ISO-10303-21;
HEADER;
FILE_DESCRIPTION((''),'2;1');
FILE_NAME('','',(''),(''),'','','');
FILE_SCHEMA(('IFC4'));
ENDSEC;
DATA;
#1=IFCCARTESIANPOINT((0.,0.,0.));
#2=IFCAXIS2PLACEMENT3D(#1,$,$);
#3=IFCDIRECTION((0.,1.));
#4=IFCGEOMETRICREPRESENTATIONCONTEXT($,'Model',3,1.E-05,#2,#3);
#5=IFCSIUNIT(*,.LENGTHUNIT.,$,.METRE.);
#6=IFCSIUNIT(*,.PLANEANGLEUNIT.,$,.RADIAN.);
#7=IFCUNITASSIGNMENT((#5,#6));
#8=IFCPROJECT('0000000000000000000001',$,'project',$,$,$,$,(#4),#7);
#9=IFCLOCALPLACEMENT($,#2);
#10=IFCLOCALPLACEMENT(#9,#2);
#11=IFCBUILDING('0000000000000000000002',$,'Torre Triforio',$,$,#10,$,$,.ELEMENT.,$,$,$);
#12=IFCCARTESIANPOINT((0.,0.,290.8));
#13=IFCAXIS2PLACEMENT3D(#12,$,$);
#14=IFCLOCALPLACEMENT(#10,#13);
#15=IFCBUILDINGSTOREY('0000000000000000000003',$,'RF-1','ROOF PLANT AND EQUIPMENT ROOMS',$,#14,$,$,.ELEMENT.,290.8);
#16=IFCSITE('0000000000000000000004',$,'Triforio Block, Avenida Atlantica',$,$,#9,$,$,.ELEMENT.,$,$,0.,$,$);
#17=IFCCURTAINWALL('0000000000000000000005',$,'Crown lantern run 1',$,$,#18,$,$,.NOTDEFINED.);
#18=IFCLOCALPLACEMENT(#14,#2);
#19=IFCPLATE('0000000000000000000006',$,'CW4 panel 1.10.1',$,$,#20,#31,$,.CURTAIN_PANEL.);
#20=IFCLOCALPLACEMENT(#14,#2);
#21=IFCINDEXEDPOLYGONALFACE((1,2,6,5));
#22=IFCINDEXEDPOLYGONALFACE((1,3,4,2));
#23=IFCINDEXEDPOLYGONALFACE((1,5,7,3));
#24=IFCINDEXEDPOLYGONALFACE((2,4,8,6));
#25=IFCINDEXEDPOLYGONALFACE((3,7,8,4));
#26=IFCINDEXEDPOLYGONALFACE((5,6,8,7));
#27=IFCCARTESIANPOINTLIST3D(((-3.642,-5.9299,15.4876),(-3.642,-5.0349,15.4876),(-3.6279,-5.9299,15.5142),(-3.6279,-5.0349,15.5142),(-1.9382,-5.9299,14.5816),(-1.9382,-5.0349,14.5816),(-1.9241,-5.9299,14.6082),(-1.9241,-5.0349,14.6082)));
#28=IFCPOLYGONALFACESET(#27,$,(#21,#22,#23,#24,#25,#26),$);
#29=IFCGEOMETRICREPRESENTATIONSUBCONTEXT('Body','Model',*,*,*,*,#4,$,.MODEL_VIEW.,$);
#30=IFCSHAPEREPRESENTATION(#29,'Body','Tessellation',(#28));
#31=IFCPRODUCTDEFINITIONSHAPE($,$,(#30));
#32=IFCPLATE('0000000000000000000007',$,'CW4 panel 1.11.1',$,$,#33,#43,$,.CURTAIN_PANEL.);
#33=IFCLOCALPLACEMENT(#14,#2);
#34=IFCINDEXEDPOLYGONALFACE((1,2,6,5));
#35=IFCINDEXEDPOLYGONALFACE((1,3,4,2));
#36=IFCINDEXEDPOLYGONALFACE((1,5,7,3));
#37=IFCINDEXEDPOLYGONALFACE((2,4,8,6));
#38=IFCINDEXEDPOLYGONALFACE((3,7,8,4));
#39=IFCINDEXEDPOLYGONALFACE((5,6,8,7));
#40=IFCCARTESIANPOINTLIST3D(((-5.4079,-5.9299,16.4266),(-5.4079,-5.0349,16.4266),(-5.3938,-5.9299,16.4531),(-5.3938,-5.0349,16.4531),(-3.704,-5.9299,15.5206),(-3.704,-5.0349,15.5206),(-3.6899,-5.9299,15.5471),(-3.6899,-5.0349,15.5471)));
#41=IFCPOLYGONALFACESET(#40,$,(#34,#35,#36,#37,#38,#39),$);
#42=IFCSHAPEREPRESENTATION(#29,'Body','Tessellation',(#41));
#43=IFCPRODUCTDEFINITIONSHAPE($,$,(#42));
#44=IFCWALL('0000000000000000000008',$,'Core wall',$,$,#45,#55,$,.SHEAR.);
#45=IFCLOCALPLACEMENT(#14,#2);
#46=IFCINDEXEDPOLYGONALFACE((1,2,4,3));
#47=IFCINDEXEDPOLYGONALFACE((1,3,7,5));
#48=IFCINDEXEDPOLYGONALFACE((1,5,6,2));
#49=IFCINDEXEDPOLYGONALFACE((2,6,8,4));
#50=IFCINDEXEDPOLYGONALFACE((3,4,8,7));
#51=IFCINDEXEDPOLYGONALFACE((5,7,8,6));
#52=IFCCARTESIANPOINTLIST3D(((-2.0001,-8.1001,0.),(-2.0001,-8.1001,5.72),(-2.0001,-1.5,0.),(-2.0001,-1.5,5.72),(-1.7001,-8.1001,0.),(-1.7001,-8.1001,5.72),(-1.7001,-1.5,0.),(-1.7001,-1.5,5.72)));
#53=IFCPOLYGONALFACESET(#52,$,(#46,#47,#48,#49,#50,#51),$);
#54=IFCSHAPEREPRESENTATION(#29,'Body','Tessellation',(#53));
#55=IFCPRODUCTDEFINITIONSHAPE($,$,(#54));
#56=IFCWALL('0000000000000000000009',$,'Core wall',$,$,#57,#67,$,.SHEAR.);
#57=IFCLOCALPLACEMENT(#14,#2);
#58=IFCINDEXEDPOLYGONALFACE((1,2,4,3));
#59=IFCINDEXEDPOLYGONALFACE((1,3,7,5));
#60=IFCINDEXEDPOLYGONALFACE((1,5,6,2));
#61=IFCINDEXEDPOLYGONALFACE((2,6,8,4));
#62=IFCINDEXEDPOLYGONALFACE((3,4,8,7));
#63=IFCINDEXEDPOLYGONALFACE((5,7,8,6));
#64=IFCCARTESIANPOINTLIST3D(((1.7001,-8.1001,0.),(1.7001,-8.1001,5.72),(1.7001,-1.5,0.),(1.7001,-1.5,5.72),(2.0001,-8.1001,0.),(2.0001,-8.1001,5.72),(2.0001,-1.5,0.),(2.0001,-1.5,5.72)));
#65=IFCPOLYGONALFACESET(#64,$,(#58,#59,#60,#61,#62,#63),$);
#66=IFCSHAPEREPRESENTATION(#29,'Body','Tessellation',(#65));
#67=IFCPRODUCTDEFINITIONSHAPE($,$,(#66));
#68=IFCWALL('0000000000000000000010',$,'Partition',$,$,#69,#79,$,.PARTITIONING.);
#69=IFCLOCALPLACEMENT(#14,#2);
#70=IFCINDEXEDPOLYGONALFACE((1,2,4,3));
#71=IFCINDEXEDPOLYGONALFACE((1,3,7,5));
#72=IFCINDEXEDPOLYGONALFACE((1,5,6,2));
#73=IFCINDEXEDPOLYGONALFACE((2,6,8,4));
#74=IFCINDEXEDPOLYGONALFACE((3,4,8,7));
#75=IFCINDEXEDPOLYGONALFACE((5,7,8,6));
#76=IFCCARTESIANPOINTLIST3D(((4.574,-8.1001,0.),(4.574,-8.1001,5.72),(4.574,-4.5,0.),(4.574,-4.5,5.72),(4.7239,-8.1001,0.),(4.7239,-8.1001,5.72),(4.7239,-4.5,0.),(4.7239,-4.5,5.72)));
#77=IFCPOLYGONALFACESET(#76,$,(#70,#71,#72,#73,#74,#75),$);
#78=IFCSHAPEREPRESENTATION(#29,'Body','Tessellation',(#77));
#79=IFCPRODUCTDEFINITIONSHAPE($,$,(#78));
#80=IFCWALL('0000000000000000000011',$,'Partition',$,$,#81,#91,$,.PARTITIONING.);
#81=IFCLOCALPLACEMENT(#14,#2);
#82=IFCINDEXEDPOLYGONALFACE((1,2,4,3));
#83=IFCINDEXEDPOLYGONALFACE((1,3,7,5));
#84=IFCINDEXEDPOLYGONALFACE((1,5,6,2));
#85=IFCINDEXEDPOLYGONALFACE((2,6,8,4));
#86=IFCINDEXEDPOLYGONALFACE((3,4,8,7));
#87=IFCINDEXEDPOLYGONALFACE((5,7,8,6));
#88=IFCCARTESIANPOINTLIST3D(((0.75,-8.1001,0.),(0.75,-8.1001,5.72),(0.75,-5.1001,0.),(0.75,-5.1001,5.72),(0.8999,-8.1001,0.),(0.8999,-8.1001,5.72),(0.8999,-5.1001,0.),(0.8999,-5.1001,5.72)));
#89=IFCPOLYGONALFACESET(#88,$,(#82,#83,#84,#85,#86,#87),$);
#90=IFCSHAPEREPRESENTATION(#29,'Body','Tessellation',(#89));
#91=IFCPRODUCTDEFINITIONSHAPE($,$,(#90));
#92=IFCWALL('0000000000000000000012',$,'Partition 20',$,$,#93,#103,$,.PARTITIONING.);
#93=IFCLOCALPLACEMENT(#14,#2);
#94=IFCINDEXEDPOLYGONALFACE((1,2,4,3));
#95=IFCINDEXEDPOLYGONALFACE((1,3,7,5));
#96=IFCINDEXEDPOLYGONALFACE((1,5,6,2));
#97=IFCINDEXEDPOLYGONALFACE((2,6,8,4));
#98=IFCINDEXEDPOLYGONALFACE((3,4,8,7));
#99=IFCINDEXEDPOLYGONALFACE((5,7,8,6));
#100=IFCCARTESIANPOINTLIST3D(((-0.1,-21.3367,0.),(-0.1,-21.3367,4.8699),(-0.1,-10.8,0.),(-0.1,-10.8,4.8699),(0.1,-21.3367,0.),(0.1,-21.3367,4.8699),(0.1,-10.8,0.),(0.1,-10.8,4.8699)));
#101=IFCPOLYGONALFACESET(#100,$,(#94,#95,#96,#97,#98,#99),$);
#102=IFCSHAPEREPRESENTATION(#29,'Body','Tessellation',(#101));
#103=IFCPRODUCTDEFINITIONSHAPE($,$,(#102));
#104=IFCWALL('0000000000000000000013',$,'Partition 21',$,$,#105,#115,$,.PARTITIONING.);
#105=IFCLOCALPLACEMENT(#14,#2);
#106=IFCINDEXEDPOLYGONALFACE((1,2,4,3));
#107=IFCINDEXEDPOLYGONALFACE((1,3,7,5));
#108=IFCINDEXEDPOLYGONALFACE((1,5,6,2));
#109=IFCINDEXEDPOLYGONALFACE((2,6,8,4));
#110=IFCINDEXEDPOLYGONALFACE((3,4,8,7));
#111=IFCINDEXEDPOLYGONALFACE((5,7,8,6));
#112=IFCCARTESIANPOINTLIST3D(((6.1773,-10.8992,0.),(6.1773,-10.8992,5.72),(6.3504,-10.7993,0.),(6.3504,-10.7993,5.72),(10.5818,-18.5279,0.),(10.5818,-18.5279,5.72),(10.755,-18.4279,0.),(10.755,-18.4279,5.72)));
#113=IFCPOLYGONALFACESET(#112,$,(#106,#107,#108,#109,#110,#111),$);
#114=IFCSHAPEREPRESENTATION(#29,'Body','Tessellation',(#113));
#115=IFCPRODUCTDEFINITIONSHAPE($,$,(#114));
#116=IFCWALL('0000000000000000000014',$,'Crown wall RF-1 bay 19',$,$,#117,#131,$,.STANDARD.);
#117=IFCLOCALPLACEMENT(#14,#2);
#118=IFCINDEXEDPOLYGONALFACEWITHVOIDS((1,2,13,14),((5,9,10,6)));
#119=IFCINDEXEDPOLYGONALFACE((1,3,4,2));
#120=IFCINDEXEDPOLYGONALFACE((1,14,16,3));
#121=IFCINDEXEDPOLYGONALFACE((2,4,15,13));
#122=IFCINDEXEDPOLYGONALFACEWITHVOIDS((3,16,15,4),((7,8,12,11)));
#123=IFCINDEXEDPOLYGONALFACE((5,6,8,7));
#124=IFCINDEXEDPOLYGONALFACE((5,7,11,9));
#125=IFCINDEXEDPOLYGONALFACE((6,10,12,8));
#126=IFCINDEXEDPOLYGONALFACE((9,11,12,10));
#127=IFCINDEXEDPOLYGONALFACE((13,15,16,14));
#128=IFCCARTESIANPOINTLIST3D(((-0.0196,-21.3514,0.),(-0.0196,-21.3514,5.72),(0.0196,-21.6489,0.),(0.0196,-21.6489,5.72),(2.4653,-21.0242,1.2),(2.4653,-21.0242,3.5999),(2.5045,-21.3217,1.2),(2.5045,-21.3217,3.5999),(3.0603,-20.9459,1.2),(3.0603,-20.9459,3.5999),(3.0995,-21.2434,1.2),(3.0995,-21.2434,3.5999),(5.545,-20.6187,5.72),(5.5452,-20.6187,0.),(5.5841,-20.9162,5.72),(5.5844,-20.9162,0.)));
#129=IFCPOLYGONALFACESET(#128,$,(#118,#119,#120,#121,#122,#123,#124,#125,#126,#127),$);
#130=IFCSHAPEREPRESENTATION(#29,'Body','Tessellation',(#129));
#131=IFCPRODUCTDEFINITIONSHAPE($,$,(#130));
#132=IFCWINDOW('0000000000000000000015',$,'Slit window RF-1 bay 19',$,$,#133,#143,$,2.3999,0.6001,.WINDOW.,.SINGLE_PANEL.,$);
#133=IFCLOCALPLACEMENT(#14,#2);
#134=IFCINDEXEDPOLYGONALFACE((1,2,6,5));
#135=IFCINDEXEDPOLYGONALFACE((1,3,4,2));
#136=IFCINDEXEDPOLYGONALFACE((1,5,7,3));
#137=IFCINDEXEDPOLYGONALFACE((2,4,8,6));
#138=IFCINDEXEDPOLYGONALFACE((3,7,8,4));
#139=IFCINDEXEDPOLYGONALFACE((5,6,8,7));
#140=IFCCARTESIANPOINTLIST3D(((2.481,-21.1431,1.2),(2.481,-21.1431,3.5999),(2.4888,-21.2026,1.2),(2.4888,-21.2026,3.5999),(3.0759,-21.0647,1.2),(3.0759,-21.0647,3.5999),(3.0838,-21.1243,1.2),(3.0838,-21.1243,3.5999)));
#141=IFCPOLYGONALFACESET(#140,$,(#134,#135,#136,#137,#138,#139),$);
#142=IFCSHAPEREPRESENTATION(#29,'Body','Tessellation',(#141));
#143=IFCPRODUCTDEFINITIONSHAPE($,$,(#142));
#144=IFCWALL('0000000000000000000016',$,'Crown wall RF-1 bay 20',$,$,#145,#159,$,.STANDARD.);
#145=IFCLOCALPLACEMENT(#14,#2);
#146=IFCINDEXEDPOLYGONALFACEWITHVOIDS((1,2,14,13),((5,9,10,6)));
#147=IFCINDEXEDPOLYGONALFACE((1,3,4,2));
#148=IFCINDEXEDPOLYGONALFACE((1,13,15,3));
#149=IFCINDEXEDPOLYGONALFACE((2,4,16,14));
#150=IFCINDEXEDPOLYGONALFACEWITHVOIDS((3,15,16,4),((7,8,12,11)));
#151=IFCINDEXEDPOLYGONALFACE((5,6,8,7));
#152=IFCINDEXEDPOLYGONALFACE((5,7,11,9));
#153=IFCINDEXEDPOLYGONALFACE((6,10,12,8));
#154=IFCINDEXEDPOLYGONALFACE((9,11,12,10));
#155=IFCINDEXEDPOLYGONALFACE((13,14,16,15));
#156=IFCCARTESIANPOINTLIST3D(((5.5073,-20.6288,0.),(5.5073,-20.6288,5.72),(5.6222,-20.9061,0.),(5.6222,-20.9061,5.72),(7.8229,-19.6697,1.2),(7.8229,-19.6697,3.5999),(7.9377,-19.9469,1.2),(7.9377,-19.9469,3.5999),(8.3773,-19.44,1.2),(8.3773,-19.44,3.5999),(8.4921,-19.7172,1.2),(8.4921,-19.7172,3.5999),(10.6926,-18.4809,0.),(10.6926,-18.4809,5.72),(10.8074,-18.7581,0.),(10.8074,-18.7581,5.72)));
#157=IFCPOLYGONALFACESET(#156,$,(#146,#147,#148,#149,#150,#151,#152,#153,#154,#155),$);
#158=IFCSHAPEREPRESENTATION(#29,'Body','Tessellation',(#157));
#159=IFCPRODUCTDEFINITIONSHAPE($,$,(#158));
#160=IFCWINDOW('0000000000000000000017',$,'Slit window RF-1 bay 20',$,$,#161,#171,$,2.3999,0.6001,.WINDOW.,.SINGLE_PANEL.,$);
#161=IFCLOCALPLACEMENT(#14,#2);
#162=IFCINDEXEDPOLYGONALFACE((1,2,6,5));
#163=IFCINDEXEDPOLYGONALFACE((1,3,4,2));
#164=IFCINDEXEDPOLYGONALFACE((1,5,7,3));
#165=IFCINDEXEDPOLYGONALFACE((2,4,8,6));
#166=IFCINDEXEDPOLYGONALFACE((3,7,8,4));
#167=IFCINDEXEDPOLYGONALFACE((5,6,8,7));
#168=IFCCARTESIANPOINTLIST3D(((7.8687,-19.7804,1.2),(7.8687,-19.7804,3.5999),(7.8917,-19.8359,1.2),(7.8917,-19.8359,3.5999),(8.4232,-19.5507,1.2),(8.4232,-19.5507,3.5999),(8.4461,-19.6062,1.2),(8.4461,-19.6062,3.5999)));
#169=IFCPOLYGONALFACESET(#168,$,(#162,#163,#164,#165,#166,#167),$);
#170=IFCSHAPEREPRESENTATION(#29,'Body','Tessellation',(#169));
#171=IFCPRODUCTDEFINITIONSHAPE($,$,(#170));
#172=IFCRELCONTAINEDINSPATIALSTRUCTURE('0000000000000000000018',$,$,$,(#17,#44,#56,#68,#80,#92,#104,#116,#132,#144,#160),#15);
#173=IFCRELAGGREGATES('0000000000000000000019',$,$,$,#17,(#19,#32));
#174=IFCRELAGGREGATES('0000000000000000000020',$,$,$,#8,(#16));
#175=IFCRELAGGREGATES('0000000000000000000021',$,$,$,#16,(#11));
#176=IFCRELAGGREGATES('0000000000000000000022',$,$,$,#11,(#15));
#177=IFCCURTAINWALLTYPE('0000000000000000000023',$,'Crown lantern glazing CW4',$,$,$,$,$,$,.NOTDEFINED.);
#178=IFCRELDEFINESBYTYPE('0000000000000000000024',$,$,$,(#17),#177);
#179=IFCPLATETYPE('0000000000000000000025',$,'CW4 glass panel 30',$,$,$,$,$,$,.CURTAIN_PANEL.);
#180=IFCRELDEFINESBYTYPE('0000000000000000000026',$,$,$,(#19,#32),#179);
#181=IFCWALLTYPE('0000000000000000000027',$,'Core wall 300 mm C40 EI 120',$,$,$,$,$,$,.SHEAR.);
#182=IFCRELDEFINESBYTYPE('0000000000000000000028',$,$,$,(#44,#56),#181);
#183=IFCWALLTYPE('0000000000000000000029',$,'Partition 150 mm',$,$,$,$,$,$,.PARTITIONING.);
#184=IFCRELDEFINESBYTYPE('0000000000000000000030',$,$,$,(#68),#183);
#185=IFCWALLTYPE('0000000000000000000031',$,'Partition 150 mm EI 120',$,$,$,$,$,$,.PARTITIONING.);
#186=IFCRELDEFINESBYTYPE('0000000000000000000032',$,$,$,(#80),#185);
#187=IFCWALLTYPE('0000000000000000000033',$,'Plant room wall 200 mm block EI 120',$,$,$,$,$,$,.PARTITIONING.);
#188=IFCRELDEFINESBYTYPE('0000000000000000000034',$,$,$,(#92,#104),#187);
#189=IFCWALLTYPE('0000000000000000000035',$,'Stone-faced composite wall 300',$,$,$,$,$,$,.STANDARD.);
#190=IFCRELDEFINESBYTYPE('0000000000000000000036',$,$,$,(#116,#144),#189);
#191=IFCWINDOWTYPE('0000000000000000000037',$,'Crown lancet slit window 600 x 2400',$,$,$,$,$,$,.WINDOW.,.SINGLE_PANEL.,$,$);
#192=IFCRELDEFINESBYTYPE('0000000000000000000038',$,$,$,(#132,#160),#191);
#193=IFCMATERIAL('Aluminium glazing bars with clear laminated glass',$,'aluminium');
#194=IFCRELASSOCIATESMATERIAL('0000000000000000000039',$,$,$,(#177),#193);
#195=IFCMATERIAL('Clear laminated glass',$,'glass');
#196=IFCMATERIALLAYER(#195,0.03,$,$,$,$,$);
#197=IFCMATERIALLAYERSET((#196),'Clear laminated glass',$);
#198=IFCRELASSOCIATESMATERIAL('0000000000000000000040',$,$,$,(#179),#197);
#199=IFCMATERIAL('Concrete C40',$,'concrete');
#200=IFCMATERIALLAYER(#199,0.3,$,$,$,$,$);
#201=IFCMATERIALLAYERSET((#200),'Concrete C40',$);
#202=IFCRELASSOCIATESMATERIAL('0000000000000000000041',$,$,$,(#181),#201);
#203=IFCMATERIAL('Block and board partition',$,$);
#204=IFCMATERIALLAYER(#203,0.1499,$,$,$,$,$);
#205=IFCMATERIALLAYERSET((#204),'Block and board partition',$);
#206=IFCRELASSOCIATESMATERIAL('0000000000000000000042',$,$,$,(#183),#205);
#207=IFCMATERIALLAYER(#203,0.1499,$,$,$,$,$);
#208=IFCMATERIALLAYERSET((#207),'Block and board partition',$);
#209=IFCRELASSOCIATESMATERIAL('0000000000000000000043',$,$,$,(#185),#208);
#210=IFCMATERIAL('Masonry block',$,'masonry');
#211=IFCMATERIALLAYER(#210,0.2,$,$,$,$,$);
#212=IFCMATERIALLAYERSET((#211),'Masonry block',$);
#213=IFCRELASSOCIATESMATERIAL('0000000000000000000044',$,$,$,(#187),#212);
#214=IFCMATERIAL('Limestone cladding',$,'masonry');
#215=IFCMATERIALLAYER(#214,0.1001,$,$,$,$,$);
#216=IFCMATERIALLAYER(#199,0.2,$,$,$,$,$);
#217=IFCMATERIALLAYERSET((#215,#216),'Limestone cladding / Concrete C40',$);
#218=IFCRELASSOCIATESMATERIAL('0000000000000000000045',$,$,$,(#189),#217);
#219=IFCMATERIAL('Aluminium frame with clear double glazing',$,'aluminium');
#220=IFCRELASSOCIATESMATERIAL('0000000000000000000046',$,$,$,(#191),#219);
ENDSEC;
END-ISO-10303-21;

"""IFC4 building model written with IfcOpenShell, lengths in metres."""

from ifc_helpers import new_model, si_unit, direction, frame, frame_2d, origin, place, context, subcontext, project, spatial, polyline, rectangle, outline, extrude, material, layer, layer_set, type_object, element, fill, aggregate, save


model = new_model("IFC4")

# Units and contexts
model_context = context("Model", 3, precision=1e-05, world=origin(), true_north=direction((0.0, 1.0)))
body_context = subcontext(model_context, "Body", "Model", "MODEL_VIEW")
ifc_project = project(units=[si_unit("LENGTHUNIT", "METRE"), si_unit("PLANEANGLEUNIT", "RADIAN")], contexts=[model_context])

# Site, building, storey
site_placement = place(None, origin())
site = spatial("IfcSite", under=ifc_project, at=site_placement, Name="Triforio Block, Avenida Atlantica", CompositionType="ELEMENT", RefElevation=0.0)
building_placement = place(site_placement, origin())
building = spatial("IfcBuilding", under=site, at=building_placement, Name="Torre Triforio", CompositionType="ELEMENT")
storey_placement = place(building_placement, frame((0.0, 0.0, 290.8)))
storey = spatial("IfcBuildingStorey", under=building, at=storey_placement, Name="RF-1", Description="ROOF PLANT AND EQUIPMENT ROOMS", CompositionType="ELEMENT", Elevation=290.8)

# Shared definitions
ifc_material_1 = material(Name="Concrete C40", Category="concrete")

# Curtain wall
ifc_material_2 = material(Name="Aluminium glazing bars with clear laminated glass", Category="aluminium")
curtain_wall_type = type_object("IfcCurtainWallType", Name="Crown lantern glazing CW4", PredefinedType="NOTDEFINED", material=ifc_material_2)
curtain_wall_placement = place(storey_placement, origin())
curtain_wall = element("IfcCurtainWall", 1, at=curtain_wall_placement, inside=storey, type_object=curtain_wall_type, Name="Crown lantern run 1", PredefinedType="NOTDEFINED")

# Plates
ifc_material_3 = material(Name="Clear laminated glass", Category="glass")
ifc_layer_1 = layer(ifc_material_3, 0.03)
ifc_layer_set_1 = layer_set([ifc_layer_1], Name="Clear laminated glass")
plate_type = type_object("IfcPlateType", Name="CW4 glass panel 30", PredefinedType="CURTAIN_PANEL", material=ifc_layer_set_1)
plate_1_placement = place(storey_placement, frame((-1.9241, -5.9299, 14.6082), z_axis=(0.469491, 0.0, 0.882937), x_axis=(0.0, 1.0, 0.0)))
plate_1 = element("IfcPlate", 2, at=plate_1_placement, type_object=plate_type, Name="CW4 panel 1.10.1", PredefinedType="CURTAIN_PANEL", context=body_context, shape_type="SweptSolid", body=[
    extrude(outline(polyline([(0.0, 0.0), (0.895, 0.0), (0.895, 1.9298), (0.0, 1.9298), (0.0, 0.0)])), origin(), (0.0, 0.0, -1.0), 0.03),
])
plate_2_placement = place(storey_placement, frame((-3.6899, -5.9299, 15.5471), z_axis=(0.469491, 0.0, 0.882937), x_axis=(0.0, 1.0, 0.0)))
plate_2 = element("IfcPlate", 3, at=plate_2_placement, type_object=plate_type, Name="CW4 panel 1.11.1", PredefinedType="CURTAIN_PANEL", context=body_context, shape_type="SweptSolid", body=[
    extrude(outline(polyline([(0.0, 0.0), (0.895, 0.0), (0.895, 1.9298), (0.0, 1.9298), (0.0, 0.0)])), origin(), (0.0, 0.0, -1.0), 0.03),
])
aggregate(curtain_wall, [plate_1, plate_2])

# Walls
ifc_layer_2 = layer(ifc_material_1, 0.3)
ifc_layer_set_2 = layer_set([ifc_layer_2], Name="Concrete C40")
wall_type_1 = type_object("IfcWallType", Name="Core wall 300 mm C40 EI 120", PredefinedType="SHEAR", material=ifc_layer_set_2)
for number, where, z_axis, x_axis, name in (
    (4, (-1.8501, -8.1001, 0.0), (0.0, 0.0, 1.0), (0.0, 1.0, 0.0), "Core wall"),
    (5, (1.8501, -8.1001, 0.0), (0.0, 0.0, 1.0), (0.0, 1.0, 0.0), "Core wall"),
):
    element("IfcWall", number, at=place(storey_placement, frame(where, z_axis=z_axis, x_axis=x_axis)), inside=storey, type_object=wall_type_1, Name=name, PredefinedType="SHEAR", context=body_context, shape_type="SweptSolid", body=[
        extrude(rectangle(XDim=6.6001, YDim=0.3, at=frame_2d((3.3, 0.0))), origin(), (0.0, 0.0, 1.0), 5.72),
    ])
ifc_material_4 = material(Name="Block and board partition")
ifc_layer_3 = layer(ifc_material_4, 0.1499)
ifc_layer_set_3 = layer_set([ifc_layer_3], Name="Block and board partition")
wall_type_2 = type_object("IfcWallType", Name="Partition 150 mm", PredefinedType="PARTITIONING", material=ifc_layer_set_3)
wall_1_placement = place(storey_placement, frame((4.6489, -8.1001, 0.0), z_axis=(0.0, 0.0, 1.0), x_axis=(0.0, 1.0, 0.0)))
element("IfcWall", 6, at=wall_1_placement, inside=storey, type_object=wall_type_2, Name="Partition", PredefinedType="PARTITIONING", context=body_context, shape_type="SweptSolid", body=[
    extrude(rectangle(XDim=3.6001, YDim=0.1499, at=frame_2d((1.8, 0.0))), origin(), (0.0, 0.0, 1.0), 5.72),
])
ifc_layer_4 = layer(ifc_material_4, 0.1499)
ifc_layer_set_4 = layer_set([ifc_layer_4], Name="Block and board partition")
wall_type_3 = type_object("IfcWallType", Name="Partition 150 mm EI 120", PredefinedType="PARTITIONING", material=ifc_layer_set_4)
wall_2_placement = place(storey_placement, frame((0.825, -8.1001, 0.0), z_axis=(0.0, 0.0, 1.0), x_axis=(0.0, 1.0, 0.0)))
element("IfcWall", 7, at=wall_2_placement, inside=storey, type_object=wall_type_3, Name="Partition", PredefinedType="PARTITIONING", context=body_context, shape_type="SweptSolid", body=[
    extrude(rectangle(XDim=3.0, YDim=0.1499, at=frame_2d((1.5, 0.0))), origin(), (0.0, 0.0, 1.0), 5.72),
])
ifc_material_5 = material(Name="Masonry block", Category="masonry")
ifc_layer_5 = layer(ifc_material_5, 0.2)
ifc_layer_set_5 = layer_set([ifc_layer_5], Name="Masonry block")
wall_type_4 = type_object("IfcWallType", Name="Plant room wall 200 mm block EI 120", PredefinedType="PARTITIONING", material=ifc_layer_set_5)
wall_3_placement = place(storey_placement, frame((0.0, -10.8, 0.0), z_axis=(0.0, 0.0, 1.0), x_axis=(0.0, -1.0, 0.0)))
element("IfcWall", 8, at=wall_3_placement, inside=storey, type_object=wall_type_4, Name="Partition 20", PredefinedType="PARTITIONING", context=body_context, shape_type="SweptSolid", body=[
    extrude(rectangle(XDim=10.5366, YDim=0.2, at=frame_2d((5.2683, 0.0))), origin(), (0.0, 0.0, 1.0), 4.8699),
])
wall_4_placement = place(storey_placement, frame((6.2639, -10.8494, 0.0), z_axis=(0.0, 0.0, 1.0), x_axis=(0.500011, -0.866019, 0.0)))
element("IfcWall", 9, at=wall_4_placement, inside=storey, type_object=wall_type_4, Name="Partition 21", PredefinedType="PARTITIONING", context=body_context, shape_type="SweptSolid", body=[
    extrude(rectangle(XDim=8.8088, YDim=0.2, at=frame_2d((4.4043, 0.0))), origin(), (0.0, 0.0, 1.0), 5.72),
])

# Walls, openings, windows
ifc_material_6 = material(Name="Limestone cladding", Category="masonry")
ifc_layer_6 = layer(ifc_material_6, 0.1001)
ifc_layer_7 = layer(ifc_material_1, 0.2)
ifc_layer_set_6 = layer_set([ifc_layer_6, ifc_layer_7], Name="Limestone cladding / Concrete C40")
wall_type_5 = type_object("IfcWallType", Name="Stone-faced composite wall 300", PredefinedType="STANDARD", material=ifc_layer_set_6)
wall_5_placement = place(storey_placement, frame((0.0, -21.5, 0.0), z_axis=(0.0, 0.0, 1.0), x_axis=(0.991443, 0.130537, 0.0)))
wall_5 = element("IfcWall", 10, at=wall_5_placement, inside=storey, type_object=wall_type_5, Name="Crown wall RF-1 bay 19", PredefinedType="STANDARD", context=body_context, shape_type="SweptSolid", body=[
    extrude(outline(polyline([(0.0, 0.0), (5.6128, 0.0), (5.6125, 5.72), (0.0, 5.72), (0.0, 0.0)])), frame((0.0, 0.1499, 0.0), z_axis=(0.0, -1.0, 0.0), x_axis=(1.0, 0.0, 0.0)), (0.0, 0.0, 1.0), 0.3),
])
opening_1_placement = place(wall_5_placement, frame((2.5063, 0.0, 1.2)))
opening_1 = element("IfcOpeningElement", 11, at=opening_1_placement, cuts=wall_5, PredefinedType="OPENING", context=body_context, shape_type="SweptSolid", body=[
    extrude(rectangle(XDim=0.6001, YDim=2.3999, at=frame_2d((0.3, 1.2))), frame((0.0, 0.1599, 0.0), z_axis=(0.0, -1.0, 0.0), x_axis=(1.0, 0.0, 0.0)), (0.0, 0.0, 1.0), 0.3201),
])
ifc_material_7 = material(Name="Aluminium frame with clear double glazing", Category="aluminium")
window_type = type_object("IfcWindowType", Name="Crown lancet slit window 600 x 2400", PartitioningType="SINGLE_PANEL", PredefinedType="WINDOW", material=ifc_material_7)
window_1_placement = place(opening_1_placement, origin())
window_1 = element("IfcWindow", 12, at=window_1_placement, inside=storey, type_object=window_type, Name="Slit window RF-1 bay 19", OverallHeight=2.3999, OverallWidth=0.6001, PartitioningType="SINGLE_PANEL", PredefinedType="WINDOW", context=body_context, shape_type="SweptSolid", body=[
    extrude(rectangle(XDim=0.6001, YDim=2.3999, at=frame_2d((0.3, 1.2))), frame((0.0, 0.03, 0.0), z_axis=(0.0, -1.0, 0.0), x_axis=(1.0, 0.0, 0.0)), (0.0, 0.0, 1.0), 0.0601),
])
fill(opening_1, window_1)
wall_6_placement = place(storey_placement, frame((5.5647, -20.7673, 0.0), z_axis=(0.0, 0.0, 1.0), x_axis=(0.923872, 0.382703, 0.0)))
wall_6 = element("IfcWall", 13, at=wall_6_placement, inside=storey, type_object=wall_type_5, Name="Crown wall RF-1 bay 20", PredefinedType="STANDARD", context=body_context, shape_type="SweptSolid", body=[
    extrude(outline(polyline([(0.0, 0.0), (5.6125, 0.0), (5.6125, 5.72), (0.0, 5.72), (0.0, 0.0)])), frame((0.0, 0.1499, 0.0), z_axis=(0.0, -1.0, 0.0), x_axis=(1.0, 0.0, 0.0)), (0.0, 0.0, 1.0), 0.3),
])
opening_2_placement = place(wall_6_placement, frame((2.5063, 0.0, 1.2)))
opening_2 = element("IfcOpeningElement", 14, at=opening_2_placement, cuts=wall_6, PredefinedType="OPENING", context=body_context, shape_type="SweptSolid", body=[
    extrude(rectangle(XDim=0.6001, YDim=2.3999, at=frame_2d((0.3, 1.2))), frame((0.0, 0.1599, 0.0), z_axis=(0.0, -1.0, 0.0), x_axis=(1.0, 0.0, 0.0)), (0.0, 0.0, 1.0), 0.3201),
])
window_2_placement = place(opening_2_placement, origin())
window_2 = element("IfcWindow", 15, at=window_2_placement, inside=storey, type_object=window_type, Name="Slit window RF-1 bay 20", OverallHeight=2.3999, OverallWidth=0.6001, PartitioningType="SINGLE_PANEL", PredefinedType="WINDOW", context=body_context, shape_type="SweptSolid", body=[
    extrude(rectangle(XDim=0.6001, YDim=2.3999, at=frame_2d((0.3, 1.2))), frame((0.0, 0.03, 0.0), z_axis=(0.0, -1.0, 0.0), x_axis=(1.0, 0.0, 0.0)), (0.0, 0.0, 1.0), 0.0601),
])
fill(opening_2, window_2)

save(model, "model.ifc")
